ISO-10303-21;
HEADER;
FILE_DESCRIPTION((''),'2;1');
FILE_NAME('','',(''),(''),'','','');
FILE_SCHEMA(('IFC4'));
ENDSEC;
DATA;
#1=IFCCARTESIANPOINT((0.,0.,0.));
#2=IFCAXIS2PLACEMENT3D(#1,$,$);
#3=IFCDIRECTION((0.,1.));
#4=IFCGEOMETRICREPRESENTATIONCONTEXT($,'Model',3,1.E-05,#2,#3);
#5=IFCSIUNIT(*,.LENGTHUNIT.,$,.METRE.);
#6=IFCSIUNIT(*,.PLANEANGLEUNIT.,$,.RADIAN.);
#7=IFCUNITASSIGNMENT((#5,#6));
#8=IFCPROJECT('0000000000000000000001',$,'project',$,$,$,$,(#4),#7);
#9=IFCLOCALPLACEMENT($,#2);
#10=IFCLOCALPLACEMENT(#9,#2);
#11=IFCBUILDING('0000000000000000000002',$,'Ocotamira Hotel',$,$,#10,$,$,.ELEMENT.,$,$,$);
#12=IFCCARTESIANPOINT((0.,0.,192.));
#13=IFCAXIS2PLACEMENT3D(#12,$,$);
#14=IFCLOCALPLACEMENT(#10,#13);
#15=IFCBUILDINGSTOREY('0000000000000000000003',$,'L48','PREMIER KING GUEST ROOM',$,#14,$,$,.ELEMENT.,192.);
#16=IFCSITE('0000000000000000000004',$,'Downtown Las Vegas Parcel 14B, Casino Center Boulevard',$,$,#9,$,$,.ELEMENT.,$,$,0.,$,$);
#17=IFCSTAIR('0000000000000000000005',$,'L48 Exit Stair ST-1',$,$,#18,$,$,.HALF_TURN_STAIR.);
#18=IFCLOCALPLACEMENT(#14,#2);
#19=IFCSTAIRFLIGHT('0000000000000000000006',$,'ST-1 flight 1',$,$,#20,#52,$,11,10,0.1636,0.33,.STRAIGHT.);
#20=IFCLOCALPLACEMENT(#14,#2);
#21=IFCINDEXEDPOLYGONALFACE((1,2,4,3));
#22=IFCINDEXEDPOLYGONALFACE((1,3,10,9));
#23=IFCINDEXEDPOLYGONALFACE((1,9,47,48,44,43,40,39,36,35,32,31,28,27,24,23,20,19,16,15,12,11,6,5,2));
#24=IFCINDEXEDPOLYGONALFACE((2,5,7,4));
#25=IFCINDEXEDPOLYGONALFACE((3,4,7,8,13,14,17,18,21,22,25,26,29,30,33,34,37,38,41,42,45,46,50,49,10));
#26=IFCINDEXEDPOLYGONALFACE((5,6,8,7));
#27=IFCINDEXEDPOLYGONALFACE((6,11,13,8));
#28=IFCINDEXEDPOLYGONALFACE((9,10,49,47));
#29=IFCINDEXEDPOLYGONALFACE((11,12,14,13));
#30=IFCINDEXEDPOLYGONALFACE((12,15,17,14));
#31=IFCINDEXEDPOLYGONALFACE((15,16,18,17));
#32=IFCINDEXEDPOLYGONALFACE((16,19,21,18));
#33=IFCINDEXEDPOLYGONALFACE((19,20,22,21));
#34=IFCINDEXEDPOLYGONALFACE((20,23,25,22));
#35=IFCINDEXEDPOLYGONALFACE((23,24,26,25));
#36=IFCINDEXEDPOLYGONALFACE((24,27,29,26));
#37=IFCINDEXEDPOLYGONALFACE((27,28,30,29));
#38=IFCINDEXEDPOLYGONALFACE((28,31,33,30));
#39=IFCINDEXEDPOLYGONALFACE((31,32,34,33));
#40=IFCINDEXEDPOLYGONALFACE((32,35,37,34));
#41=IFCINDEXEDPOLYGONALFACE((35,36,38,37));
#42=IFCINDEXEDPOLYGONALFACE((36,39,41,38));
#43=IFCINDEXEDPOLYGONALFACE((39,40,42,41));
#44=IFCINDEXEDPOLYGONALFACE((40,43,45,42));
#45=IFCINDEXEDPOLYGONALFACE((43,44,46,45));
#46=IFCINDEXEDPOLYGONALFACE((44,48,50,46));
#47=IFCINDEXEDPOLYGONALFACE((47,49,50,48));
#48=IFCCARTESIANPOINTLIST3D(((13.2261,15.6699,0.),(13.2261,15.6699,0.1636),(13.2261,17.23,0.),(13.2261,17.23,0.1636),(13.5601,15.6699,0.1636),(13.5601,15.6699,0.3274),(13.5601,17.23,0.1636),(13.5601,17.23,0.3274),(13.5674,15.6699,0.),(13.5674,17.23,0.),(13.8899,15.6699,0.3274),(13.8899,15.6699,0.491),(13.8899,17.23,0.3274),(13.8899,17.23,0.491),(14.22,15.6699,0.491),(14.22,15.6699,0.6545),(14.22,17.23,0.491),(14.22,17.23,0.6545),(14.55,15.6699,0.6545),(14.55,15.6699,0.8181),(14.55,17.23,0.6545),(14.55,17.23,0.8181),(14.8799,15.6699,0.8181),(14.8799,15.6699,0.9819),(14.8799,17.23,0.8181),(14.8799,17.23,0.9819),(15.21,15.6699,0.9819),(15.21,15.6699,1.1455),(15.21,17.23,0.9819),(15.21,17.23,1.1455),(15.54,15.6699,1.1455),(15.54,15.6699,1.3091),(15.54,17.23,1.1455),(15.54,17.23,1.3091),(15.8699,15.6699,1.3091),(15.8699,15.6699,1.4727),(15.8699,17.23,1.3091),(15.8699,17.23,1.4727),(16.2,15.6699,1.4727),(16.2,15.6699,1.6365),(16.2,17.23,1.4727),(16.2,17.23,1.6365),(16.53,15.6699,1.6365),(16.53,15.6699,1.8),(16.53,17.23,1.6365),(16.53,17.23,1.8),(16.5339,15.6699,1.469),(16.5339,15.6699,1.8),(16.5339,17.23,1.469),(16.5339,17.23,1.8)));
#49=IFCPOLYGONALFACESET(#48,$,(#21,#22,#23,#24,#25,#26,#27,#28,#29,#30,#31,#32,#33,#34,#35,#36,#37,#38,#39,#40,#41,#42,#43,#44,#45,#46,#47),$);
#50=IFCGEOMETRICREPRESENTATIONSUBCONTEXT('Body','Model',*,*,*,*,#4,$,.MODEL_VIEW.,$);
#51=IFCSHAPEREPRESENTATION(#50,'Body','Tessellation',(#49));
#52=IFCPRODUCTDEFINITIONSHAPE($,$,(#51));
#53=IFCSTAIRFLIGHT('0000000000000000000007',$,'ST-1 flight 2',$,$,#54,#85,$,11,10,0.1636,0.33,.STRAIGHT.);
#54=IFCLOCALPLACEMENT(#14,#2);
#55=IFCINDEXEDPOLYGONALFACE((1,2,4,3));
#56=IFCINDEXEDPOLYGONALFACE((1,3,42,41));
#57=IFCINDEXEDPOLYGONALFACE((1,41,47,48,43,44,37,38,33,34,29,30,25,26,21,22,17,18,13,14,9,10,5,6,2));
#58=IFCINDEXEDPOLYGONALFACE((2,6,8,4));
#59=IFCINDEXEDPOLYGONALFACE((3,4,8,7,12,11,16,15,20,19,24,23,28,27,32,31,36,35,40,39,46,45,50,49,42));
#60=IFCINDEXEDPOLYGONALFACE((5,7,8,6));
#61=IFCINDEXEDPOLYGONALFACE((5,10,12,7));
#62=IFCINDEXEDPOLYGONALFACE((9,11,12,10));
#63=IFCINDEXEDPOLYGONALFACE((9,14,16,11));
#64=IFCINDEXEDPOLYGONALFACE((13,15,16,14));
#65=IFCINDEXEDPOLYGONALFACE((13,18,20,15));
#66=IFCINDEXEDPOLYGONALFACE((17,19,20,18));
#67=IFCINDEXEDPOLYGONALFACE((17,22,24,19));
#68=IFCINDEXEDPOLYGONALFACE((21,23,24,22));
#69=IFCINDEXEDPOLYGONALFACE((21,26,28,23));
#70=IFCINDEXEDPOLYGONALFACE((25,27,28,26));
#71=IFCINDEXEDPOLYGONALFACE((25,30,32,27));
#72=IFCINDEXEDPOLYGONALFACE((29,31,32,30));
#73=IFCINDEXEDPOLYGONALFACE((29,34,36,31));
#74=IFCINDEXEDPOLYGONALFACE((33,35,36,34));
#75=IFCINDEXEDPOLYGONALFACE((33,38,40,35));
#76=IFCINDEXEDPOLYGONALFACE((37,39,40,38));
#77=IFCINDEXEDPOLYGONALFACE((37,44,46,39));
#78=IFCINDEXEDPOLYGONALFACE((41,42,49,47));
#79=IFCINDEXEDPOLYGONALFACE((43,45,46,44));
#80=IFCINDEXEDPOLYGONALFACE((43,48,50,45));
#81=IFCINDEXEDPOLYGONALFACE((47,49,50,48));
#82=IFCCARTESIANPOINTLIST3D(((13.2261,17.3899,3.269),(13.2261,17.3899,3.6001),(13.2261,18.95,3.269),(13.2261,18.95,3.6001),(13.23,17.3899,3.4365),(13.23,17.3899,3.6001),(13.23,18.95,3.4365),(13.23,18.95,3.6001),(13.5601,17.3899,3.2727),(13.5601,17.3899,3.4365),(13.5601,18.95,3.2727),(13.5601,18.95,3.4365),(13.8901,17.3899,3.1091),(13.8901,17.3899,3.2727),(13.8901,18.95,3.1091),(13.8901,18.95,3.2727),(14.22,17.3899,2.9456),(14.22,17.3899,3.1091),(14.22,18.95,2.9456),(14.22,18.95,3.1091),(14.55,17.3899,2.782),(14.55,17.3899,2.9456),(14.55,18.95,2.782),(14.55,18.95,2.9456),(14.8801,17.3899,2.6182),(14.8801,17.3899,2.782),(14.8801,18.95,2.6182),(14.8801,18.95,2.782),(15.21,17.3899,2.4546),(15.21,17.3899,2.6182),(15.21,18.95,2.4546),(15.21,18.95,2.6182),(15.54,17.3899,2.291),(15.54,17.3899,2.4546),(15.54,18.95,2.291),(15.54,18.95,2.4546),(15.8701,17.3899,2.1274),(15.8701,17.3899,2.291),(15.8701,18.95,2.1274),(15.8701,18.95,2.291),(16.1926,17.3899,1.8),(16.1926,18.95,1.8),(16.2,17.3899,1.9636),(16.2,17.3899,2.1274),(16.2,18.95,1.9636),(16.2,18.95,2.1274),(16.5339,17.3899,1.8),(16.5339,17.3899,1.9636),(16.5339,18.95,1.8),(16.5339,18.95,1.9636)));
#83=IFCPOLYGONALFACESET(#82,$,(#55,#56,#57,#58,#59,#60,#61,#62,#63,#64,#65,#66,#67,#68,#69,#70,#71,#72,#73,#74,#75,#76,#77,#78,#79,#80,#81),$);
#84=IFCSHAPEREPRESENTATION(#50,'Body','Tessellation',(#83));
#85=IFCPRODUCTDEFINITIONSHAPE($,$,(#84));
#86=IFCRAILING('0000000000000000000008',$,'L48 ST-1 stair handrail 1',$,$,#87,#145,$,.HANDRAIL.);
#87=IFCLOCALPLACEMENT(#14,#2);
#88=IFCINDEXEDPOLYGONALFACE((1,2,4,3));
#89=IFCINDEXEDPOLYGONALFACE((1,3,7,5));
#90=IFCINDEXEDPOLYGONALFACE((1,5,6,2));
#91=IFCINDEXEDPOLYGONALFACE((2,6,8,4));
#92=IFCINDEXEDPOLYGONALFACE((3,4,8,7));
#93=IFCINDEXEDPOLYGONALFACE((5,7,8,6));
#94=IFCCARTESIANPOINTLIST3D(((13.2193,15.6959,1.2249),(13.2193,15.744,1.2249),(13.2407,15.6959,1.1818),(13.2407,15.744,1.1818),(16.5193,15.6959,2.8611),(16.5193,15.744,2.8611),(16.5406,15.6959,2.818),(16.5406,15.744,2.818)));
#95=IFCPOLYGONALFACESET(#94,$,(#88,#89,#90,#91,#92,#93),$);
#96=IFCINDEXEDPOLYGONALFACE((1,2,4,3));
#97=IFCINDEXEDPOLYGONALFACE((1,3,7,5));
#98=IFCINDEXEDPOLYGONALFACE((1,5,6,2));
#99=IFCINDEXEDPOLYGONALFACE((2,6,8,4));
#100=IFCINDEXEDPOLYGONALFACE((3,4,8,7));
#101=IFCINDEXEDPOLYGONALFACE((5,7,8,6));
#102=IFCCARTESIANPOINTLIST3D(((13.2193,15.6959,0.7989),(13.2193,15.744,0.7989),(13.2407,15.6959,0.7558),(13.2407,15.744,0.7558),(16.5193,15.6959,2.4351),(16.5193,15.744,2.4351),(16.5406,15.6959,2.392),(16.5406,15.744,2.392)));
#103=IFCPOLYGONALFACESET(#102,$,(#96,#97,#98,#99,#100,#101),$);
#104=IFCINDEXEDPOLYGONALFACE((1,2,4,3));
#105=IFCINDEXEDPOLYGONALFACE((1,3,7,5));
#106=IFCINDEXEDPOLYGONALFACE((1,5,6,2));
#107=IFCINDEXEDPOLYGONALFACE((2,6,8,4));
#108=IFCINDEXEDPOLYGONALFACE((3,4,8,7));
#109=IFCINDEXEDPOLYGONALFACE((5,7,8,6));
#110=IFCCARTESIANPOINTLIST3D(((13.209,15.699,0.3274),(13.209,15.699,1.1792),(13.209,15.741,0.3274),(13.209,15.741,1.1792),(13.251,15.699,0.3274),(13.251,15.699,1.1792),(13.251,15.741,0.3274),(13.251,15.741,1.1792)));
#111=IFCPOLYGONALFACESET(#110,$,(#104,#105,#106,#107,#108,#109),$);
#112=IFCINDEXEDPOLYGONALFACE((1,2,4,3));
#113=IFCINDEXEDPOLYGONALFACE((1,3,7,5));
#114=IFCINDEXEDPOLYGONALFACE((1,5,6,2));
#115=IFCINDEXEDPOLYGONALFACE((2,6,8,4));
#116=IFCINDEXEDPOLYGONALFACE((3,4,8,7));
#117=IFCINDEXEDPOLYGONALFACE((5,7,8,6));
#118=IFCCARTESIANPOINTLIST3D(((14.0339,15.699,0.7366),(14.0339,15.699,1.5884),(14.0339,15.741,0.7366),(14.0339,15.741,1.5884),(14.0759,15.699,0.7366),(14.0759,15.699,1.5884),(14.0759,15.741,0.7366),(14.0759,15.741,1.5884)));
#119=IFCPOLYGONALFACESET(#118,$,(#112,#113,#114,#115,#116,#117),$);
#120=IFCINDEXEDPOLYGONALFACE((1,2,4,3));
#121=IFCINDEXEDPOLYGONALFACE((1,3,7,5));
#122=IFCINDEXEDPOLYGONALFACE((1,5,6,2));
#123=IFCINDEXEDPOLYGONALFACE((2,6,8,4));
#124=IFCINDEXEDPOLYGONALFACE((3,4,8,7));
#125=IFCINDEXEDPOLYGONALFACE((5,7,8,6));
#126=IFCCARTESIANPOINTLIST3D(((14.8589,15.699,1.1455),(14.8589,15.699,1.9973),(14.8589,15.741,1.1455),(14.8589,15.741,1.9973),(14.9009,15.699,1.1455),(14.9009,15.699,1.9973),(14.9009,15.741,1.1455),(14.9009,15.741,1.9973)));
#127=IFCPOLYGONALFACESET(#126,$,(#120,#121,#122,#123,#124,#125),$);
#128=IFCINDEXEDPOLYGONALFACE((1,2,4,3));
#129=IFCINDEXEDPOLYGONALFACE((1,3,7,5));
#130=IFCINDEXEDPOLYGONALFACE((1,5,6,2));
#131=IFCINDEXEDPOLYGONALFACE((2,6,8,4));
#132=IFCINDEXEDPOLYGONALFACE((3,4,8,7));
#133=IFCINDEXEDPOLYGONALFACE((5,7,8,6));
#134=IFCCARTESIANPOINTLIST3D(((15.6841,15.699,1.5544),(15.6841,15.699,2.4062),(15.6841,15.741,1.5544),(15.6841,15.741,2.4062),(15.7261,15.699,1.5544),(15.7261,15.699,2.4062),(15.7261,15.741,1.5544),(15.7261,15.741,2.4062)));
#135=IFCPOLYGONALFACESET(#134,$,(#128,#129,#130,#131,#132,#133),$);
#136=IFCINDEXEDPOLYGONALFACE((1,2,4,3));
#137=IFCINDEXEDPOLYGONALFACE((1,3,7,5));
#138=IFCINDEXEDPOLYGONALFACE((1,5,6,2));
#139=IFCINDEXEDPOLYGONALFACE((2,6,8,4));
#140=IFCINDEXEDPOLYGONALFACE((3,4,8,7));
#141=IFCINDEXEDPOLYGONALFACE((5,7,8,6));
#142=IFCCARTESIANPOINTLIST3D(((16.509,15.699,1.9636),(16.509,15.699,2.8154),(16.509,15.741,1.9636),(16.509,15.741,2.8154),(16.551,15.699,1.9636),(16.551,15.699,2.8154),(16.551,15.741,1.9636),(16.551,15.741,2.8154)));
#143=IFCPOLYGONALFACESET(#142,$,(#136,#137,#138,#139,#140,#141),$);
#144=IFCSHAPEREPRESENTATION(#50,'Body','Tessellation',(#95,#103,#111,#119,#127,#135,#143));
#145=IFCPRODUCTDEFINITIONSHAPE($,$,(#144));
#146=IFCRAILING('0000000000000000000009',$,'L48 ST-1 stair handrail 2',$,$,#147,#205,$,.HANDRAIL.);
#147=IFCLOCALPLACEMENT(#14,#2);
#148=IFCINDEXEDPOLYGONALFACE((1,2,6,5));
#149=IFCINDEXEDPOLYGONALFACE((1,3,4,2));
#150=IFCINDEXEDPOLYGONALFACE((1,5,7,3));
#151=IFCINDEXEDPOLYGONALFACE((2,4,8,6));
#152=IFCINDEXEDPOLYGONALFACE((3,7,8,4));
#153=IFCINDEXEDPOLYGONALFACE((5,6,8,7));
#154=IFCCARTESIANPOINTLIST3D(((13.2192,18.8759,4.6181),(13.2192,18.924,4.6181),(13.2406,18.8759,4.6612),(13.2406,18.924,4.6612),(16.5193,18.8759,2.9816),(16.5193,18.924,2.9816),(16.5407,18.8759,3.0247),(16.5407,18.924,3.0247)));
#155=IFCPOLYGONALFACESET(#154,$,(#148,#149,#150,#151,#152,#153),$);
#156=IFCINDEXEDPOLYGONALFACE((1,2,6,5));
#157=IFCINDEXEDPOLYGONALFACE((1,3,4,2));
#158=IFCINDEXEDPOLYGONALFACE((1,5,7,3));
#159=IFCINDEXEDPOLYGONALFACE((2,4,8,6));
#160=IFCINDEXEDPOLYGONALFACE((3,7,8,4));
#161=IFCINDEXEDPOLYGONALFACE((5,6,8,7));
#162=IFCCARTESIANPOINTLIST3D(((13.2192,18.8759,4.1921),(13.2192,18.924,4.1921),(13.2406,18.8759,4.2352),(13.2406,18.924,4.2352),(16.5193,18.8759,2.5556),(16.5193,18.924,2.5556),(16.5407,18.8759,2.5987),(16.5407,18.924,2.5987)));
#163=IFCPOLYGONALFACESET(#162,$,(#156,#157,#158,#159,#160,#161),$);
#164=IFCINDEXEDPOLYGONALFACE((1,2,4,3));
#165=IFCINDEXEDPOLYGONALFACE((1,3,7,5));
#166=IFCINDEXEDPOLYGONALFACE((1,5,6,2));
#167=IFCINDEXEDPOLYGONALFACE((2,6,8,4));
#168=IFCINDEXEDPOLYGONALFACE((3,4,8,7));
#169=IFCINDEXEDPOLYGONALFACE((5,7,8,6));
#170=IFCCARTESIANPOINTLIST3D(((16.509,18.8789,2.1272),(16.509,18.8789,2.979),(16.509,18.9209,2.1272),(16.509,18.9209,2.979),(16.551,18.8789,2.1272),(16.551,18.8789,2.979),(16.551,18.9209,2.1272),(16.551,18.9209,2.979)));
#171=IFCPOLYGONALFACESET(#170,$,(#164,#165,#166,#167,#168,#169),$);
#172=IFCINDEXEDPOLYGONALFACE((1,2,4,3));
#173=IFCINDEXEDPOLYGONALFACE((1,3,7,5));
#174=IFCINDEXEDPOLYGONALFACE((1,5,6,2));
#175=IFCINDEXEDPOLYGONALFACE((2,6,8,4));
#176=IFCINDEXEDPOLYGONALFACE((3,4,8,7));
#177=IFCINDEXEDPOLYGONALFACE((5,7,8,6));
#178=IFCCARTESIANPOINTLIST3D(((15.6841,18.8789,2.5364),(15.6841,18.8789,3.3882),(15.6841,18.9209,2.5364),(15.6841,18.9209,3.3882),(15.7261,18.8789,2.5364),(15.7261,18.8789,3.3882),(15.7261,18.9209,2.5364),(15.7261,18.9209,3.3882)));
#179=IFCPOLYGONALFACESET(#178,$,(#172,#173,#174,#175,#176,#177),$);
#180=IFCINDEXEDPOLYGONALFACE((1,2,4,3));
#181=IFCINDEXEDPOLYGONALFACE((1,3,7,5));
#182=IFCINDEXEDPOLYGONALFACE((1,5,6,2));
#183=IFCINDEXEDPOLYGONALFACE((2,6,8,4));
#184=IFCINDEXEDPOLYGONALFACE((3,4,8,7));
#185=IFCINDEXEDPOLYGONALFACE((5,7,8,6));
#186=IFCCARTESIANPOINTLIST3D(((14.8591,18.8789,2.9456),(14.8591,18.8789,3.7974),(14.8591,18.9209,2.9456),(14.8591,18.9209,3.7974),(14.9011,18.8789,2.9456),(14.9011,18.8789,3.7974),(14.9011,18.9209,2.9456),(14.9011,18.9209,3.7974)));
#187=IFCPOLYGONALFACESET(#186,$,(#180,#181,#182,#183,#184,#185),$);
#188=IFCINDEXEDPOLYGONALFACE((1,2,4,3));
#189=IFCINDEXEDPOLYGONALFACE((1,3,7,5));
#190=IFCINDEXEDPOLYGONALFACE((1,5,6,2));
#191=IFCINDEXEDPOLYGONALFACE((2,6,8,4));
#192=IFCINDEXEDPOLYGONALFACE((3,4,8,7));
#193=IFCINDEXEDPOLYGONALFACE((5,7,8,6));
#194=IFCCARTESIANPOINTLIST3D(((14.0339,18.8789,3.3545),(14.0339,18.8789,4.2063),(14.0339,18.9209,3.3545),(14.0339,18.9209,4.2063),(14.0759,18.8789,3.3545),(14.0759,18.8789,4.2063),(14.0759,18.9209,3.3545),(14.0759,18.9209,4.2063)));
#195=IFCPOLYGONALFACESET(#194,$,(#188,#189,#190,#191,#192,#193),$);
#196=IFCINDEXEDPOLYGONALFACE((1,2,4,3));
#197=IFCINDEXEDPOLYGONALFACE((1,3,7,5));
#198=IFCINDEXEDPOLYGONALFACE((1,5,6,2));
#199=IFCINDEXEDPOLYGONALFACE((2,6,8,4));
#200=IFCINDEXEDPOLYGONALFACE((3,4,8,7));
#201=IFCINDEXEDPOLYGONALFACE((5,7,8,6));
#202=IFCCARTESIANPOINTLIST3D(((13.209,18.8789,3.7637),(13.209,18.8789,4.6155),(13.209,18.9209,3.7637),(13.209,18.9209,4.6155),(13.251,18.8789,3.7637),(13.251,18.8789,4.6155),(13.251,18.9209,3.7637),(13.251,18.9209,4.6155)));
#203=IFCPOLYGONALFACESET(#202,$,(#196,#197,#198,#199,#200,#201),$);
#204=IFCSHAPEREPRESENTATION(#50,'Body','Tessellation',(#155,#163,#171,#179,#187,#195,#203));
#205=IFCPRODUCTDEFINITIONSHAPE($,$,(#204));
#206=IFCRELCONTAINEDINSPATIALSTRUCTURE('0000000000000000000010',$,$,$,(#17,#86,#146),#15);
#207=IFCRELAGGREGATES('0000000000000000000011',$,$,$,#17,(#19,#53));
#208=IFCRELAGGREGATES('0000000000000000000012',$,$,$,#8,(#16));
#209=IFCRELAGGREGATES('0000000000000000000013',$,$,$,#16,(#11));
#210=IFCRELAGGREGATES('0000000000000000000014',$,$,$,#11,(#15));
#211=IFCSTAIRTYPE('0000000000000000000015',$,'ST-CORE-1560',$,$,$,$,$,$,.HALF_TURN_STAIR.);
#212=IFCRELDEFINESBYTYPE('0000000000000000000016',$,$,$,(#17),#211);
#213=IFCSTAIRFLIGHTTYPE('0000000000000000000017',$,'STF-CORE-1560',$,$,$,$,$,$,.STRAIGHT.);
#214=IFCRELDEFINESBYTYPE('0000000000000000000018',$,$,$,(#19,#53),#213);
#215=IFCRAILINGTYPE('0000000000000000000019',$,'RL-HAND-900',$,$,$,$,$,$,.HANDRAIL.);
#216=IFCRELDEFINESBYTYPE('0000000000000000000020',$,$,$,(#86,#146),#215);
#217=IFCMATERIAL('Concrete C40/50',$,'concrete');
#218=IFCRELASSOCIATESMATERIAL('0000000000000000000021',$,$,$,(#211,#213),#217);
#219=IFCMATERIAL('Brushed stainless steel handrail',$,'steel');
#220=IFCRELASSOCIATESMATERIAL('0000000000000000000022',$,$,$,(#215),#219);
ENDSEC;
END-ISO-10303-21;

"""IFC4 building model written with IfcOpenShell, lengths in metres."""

from ifc_helpers import new_model, si_unit, direction, frame, origin, origin_2d, place, context, subcontext, project, spatial, polyline, rectangle, outline, extrude, source, transform, mapped, material, type_object, element, aggregate, save


model = new_model("IFC4")

# Units and contexts
model_context = context("Model", 3, precision=1e-05, world=origin(), true_north=direction((0.0, 1.0)))
body_context = subcontext(model_context, "Body", "Model", "MODEL_VIEW")
ifc_project = project(units=[si_unit("LENGTHUNIT", "METRE"), si_unit("PLANEANGLEUNIT", "RADIAN")], contexts=[model_context])

# Site, building, storey
site_placement = place(None, origin())
site = spatial("IfcSite", under=ifc_project, at=site_placement, Name="Downtown Las Vegas Parcel 14B, Casino Center Boulevard", CompositionType="ELEMENT", RefElevation=0.0)
building_placement = place(site_placement, origin())
building = spatial("IfcBuilding", under=site, at=building_placement, Name="Ocotamira Hotel", CompositionType="ELEMENT")
storey_placement = place(building_placement, frame((0.0, 0.0, 192.0)))
storey = spatial("IfcBuildingStorey", under=building, at=storey_placement, Name="L48", Description="PREMIER KING GUEST ROOM", CompositionType="ELEMENT", Elevation=192.0)

# Stair, stair flights
ifc_material_1 = material(Name="Concrete C40/50", Category="concrete")
stair_type = type_object("IfcStairType", Name="ST-CORE-1560", PredefinedType="HALF_TURN_STAIR", material=ifc_material_1)
stair_placement = place(storey_placement, origin())
stair = element("IfcStair", 1, at=stair_placement, inside=storey, type_object=stair_type, Name="L48 Exit Stair ST-1", PredefinedType="HALF_TURN_STAIR")
stair_flight_type = type_object("IfcStairFlightType", Name="STF-CORE-1560", PredefinedType="STRAIGHT", material=ifc_material_1)
shared_shape_1 = source(origin(), body_context, "Body", "SweptSolid", [
    extrude(outline(polyline([(-0.0039, 0.0), (-0.0039, 0.1636), (0.3301, 0.1636), (0.3301, 0.3274), (0.6599, 0.3274), (0.6599, 0.491), (0.99, 0.491), (0.99, 0.6545), (1.3201, 0.6545), (1.3201, 0.8181), (1.6499, 0.8181), (1.6499, 0.9819), (1.98, 0.9819), (1.98, 1.1455), (2.3101, 1.1455), (2.3101, 1.3091), (2.6399, 1.3091), (2.6399, 1.4727), (2.97, 1.4727), (2.97, 1.6365), (3.3, 1.6365), (3.3, 1.8), (3.304, 1.8), (3.304, 1.469), (0.3374, 0.0), (-0.0039, 0.0)])), frame((0.0, 0.78, 0.0), z_axis=(0.0, -1.0, 0.0), x_axis=(1.0, 0.0, 0.0)), (0.0, 0.0, 1.0), 1.5601),
])
stair_flight_1_placement = place(storey_placement, frame((13.23, 16.45, 0.0), z_axis=(0.0, 0.0, 1.0), x_axis=(1.0, 0.0, 0.0)))
stair_flight_1 = element("IfcStairFlight", 2, at=stair_flight_1_placement, type_object=stair_flight_type, Name="ST-1 flight 1", NumberOfRisers=11, NumberOfTreads=10, PredefinedType="STRAIGHT", RiserHeight=0.1636, TreadLength=0.33, context=body_context, shape_type="MappedRepresentation", body=[
    mapped(shared_shape_1, transform((0.0, 0.0, 0.0), scale=1.0)),
])
stair_flight_2_placement = place(storey_placement, frame((16.53, 18.1699, 1.8), z_axis=(0.0, 0.0, 1.0), x_axis=(-1.0, 0.0, 0.0)))
stair_flight_2 = element("IfcStairFlight", 3, at=stair_flight_2_placement, type_object=stair_flight_type, Name="ST-1 flight 2", NumberOfRisers=11, NumberOfTreads=10, PredefinedType="STRAIGHT", RiserHeight=0.1636, TreadLength=0.33, context=body_context, shape_type="MappedRepresentation", body=[
    mapped(shared_shape_1, transform((0.0, 0.0, 0.0), scale=1.0)),
])
aggregate(stair, [stair_flight_1, stair_flight_2])

# Railings
ifc_material_2 = material(Name="Brushed stainless steel handrail", Category="steel")
railing_type_1 = type_object("IfcRailingType", Name="RL-HAND-900", PredefinedType="HANDRAIL", material=ifc_material_2)
railing_1_placement = place(storey_placement, frame((13.23, 15.72, 0.3274)))
element("IfcRailing", 4, at=railing_1_placement, inside=storey, type_object=railing_type_1, Name="L48 ST-1 stair handrail 1", PredefinedType="HANDRAIL", context=body_context, shape_type="SweptSolid", body=[
    extrude(rectangle(XDim=0.0481, YDim=0.0481, at=origin_2d()), frame((0.0, 0.0, 0.876), z_axis=(0.89592, 0.0, 0.444215), x_axis=(0.0, 1.0, 0.0)), (0.0, 0.0, 1.0), 3.6833),
    extrude(rectangle(XDim=0.0481, YDim=0.0481, at=origin_2d()), frame((0.0, 0.0, 0.45), z_axis=(0.89592, 0.0, 0.444215), x_axis=(0.0, 1.0, 0.0)), (0.0, 0.0, 1.0), 3.6833),
    extrude(rectangle(XDim=0.042, YDim=0.042, at=origin_2d()), origin(), (0.0, 0.0, 1.0), 0.8518),
    extrude(rectangle(XDim=0.042, YDim=0.042, at=origin_2d()), frame((0.825, 0.0, 0.4092)), (0.0, 0.0, 1.0), 0.8518),
    extrude(rectangle(XDim=0.042, YDim=0.042, at=origin_2d()), frame((1.6499, 0.0, 0.8181)), (0.0, 0.0, 1.0), 0.8518),
    extrude(rectangle(XDim=0.042, YDim=0.042, at=origin_2d()), frame((2.4751, 0.0, 1.2271)), (0.0, 0.0, 1.0), 0.8518),
    extrude(rectangle(XDim=0.042, YDim=0.042, at=origin_2d()), frame((3.3, 0.0, 1.6362)), (0.0, 0.0, 1.0), 0.8518),
])
railing_2_placement = place(storey_placement, frame((16.53, 18.8999, 2.1272)))
element("IfcRailing", 5, at=railing_2_placement, inside=storey, type_object=railing_type_1, Name="L48 ST-1 stair handrail 2", PredefinedType="HANDRAIL", context=body_context, shape_type="SweptSolid", body=[
    extrude(rectangle(XDim=0.0481, YDim=0.0481, at=origin_2d()), frame((0.0, 0.0, 0.876), z_axis=(-0.895894, 0.0, 0.444268), x_axis=(0.0, -1.0, 0.0)), (0.0, 0.0, 1.0), 3.6836),
    extrude(rectangle(XDim=0.0481, YDim=0.0481, at=origin_2d()), frame((0.0, 0.0, 0.45), z_axis=(-0.895894, 0.0, 0.444268), x_axis=(0.0, -1.0, 0.0)), (0.0, 0.0, 1.0), 3.6836),
    extrude(rectangle(XDim=0.042, YDim=0.042, at=origin_2d()), origin(), (0.0, 0.0, 1.0), 0.8518),
    extrude(rectangle(XDim=0.042, YDim=0.042, at=origin_2d()), frame((-0.825, 0.0, 0.4092)), (0.0, 0.0, 1.0), 0.8518),
    extrude(rectangle(XDim=0.042, YDim=0.042, at=origin_2d()), frame((-1.6499, 0.0, 0.8184)), (0.0, 0.0, 1.0), 0.8518),
    extrude(rectangle(XDim=0.042, YDim=0.042, at=origin_2d()), frame((-2.4751, 0.0, 1.2273)), (0.0, 0.0, 1.0), 0.8518),
    extrude(rectangle(XDim=0.042, YDim=0.042, at=origin_2d()), frame((-3.3, 0.0, 1.6365)), (0.0, 0.0, 1.0), 0.8518),
])

save(model, "model.ifc")
